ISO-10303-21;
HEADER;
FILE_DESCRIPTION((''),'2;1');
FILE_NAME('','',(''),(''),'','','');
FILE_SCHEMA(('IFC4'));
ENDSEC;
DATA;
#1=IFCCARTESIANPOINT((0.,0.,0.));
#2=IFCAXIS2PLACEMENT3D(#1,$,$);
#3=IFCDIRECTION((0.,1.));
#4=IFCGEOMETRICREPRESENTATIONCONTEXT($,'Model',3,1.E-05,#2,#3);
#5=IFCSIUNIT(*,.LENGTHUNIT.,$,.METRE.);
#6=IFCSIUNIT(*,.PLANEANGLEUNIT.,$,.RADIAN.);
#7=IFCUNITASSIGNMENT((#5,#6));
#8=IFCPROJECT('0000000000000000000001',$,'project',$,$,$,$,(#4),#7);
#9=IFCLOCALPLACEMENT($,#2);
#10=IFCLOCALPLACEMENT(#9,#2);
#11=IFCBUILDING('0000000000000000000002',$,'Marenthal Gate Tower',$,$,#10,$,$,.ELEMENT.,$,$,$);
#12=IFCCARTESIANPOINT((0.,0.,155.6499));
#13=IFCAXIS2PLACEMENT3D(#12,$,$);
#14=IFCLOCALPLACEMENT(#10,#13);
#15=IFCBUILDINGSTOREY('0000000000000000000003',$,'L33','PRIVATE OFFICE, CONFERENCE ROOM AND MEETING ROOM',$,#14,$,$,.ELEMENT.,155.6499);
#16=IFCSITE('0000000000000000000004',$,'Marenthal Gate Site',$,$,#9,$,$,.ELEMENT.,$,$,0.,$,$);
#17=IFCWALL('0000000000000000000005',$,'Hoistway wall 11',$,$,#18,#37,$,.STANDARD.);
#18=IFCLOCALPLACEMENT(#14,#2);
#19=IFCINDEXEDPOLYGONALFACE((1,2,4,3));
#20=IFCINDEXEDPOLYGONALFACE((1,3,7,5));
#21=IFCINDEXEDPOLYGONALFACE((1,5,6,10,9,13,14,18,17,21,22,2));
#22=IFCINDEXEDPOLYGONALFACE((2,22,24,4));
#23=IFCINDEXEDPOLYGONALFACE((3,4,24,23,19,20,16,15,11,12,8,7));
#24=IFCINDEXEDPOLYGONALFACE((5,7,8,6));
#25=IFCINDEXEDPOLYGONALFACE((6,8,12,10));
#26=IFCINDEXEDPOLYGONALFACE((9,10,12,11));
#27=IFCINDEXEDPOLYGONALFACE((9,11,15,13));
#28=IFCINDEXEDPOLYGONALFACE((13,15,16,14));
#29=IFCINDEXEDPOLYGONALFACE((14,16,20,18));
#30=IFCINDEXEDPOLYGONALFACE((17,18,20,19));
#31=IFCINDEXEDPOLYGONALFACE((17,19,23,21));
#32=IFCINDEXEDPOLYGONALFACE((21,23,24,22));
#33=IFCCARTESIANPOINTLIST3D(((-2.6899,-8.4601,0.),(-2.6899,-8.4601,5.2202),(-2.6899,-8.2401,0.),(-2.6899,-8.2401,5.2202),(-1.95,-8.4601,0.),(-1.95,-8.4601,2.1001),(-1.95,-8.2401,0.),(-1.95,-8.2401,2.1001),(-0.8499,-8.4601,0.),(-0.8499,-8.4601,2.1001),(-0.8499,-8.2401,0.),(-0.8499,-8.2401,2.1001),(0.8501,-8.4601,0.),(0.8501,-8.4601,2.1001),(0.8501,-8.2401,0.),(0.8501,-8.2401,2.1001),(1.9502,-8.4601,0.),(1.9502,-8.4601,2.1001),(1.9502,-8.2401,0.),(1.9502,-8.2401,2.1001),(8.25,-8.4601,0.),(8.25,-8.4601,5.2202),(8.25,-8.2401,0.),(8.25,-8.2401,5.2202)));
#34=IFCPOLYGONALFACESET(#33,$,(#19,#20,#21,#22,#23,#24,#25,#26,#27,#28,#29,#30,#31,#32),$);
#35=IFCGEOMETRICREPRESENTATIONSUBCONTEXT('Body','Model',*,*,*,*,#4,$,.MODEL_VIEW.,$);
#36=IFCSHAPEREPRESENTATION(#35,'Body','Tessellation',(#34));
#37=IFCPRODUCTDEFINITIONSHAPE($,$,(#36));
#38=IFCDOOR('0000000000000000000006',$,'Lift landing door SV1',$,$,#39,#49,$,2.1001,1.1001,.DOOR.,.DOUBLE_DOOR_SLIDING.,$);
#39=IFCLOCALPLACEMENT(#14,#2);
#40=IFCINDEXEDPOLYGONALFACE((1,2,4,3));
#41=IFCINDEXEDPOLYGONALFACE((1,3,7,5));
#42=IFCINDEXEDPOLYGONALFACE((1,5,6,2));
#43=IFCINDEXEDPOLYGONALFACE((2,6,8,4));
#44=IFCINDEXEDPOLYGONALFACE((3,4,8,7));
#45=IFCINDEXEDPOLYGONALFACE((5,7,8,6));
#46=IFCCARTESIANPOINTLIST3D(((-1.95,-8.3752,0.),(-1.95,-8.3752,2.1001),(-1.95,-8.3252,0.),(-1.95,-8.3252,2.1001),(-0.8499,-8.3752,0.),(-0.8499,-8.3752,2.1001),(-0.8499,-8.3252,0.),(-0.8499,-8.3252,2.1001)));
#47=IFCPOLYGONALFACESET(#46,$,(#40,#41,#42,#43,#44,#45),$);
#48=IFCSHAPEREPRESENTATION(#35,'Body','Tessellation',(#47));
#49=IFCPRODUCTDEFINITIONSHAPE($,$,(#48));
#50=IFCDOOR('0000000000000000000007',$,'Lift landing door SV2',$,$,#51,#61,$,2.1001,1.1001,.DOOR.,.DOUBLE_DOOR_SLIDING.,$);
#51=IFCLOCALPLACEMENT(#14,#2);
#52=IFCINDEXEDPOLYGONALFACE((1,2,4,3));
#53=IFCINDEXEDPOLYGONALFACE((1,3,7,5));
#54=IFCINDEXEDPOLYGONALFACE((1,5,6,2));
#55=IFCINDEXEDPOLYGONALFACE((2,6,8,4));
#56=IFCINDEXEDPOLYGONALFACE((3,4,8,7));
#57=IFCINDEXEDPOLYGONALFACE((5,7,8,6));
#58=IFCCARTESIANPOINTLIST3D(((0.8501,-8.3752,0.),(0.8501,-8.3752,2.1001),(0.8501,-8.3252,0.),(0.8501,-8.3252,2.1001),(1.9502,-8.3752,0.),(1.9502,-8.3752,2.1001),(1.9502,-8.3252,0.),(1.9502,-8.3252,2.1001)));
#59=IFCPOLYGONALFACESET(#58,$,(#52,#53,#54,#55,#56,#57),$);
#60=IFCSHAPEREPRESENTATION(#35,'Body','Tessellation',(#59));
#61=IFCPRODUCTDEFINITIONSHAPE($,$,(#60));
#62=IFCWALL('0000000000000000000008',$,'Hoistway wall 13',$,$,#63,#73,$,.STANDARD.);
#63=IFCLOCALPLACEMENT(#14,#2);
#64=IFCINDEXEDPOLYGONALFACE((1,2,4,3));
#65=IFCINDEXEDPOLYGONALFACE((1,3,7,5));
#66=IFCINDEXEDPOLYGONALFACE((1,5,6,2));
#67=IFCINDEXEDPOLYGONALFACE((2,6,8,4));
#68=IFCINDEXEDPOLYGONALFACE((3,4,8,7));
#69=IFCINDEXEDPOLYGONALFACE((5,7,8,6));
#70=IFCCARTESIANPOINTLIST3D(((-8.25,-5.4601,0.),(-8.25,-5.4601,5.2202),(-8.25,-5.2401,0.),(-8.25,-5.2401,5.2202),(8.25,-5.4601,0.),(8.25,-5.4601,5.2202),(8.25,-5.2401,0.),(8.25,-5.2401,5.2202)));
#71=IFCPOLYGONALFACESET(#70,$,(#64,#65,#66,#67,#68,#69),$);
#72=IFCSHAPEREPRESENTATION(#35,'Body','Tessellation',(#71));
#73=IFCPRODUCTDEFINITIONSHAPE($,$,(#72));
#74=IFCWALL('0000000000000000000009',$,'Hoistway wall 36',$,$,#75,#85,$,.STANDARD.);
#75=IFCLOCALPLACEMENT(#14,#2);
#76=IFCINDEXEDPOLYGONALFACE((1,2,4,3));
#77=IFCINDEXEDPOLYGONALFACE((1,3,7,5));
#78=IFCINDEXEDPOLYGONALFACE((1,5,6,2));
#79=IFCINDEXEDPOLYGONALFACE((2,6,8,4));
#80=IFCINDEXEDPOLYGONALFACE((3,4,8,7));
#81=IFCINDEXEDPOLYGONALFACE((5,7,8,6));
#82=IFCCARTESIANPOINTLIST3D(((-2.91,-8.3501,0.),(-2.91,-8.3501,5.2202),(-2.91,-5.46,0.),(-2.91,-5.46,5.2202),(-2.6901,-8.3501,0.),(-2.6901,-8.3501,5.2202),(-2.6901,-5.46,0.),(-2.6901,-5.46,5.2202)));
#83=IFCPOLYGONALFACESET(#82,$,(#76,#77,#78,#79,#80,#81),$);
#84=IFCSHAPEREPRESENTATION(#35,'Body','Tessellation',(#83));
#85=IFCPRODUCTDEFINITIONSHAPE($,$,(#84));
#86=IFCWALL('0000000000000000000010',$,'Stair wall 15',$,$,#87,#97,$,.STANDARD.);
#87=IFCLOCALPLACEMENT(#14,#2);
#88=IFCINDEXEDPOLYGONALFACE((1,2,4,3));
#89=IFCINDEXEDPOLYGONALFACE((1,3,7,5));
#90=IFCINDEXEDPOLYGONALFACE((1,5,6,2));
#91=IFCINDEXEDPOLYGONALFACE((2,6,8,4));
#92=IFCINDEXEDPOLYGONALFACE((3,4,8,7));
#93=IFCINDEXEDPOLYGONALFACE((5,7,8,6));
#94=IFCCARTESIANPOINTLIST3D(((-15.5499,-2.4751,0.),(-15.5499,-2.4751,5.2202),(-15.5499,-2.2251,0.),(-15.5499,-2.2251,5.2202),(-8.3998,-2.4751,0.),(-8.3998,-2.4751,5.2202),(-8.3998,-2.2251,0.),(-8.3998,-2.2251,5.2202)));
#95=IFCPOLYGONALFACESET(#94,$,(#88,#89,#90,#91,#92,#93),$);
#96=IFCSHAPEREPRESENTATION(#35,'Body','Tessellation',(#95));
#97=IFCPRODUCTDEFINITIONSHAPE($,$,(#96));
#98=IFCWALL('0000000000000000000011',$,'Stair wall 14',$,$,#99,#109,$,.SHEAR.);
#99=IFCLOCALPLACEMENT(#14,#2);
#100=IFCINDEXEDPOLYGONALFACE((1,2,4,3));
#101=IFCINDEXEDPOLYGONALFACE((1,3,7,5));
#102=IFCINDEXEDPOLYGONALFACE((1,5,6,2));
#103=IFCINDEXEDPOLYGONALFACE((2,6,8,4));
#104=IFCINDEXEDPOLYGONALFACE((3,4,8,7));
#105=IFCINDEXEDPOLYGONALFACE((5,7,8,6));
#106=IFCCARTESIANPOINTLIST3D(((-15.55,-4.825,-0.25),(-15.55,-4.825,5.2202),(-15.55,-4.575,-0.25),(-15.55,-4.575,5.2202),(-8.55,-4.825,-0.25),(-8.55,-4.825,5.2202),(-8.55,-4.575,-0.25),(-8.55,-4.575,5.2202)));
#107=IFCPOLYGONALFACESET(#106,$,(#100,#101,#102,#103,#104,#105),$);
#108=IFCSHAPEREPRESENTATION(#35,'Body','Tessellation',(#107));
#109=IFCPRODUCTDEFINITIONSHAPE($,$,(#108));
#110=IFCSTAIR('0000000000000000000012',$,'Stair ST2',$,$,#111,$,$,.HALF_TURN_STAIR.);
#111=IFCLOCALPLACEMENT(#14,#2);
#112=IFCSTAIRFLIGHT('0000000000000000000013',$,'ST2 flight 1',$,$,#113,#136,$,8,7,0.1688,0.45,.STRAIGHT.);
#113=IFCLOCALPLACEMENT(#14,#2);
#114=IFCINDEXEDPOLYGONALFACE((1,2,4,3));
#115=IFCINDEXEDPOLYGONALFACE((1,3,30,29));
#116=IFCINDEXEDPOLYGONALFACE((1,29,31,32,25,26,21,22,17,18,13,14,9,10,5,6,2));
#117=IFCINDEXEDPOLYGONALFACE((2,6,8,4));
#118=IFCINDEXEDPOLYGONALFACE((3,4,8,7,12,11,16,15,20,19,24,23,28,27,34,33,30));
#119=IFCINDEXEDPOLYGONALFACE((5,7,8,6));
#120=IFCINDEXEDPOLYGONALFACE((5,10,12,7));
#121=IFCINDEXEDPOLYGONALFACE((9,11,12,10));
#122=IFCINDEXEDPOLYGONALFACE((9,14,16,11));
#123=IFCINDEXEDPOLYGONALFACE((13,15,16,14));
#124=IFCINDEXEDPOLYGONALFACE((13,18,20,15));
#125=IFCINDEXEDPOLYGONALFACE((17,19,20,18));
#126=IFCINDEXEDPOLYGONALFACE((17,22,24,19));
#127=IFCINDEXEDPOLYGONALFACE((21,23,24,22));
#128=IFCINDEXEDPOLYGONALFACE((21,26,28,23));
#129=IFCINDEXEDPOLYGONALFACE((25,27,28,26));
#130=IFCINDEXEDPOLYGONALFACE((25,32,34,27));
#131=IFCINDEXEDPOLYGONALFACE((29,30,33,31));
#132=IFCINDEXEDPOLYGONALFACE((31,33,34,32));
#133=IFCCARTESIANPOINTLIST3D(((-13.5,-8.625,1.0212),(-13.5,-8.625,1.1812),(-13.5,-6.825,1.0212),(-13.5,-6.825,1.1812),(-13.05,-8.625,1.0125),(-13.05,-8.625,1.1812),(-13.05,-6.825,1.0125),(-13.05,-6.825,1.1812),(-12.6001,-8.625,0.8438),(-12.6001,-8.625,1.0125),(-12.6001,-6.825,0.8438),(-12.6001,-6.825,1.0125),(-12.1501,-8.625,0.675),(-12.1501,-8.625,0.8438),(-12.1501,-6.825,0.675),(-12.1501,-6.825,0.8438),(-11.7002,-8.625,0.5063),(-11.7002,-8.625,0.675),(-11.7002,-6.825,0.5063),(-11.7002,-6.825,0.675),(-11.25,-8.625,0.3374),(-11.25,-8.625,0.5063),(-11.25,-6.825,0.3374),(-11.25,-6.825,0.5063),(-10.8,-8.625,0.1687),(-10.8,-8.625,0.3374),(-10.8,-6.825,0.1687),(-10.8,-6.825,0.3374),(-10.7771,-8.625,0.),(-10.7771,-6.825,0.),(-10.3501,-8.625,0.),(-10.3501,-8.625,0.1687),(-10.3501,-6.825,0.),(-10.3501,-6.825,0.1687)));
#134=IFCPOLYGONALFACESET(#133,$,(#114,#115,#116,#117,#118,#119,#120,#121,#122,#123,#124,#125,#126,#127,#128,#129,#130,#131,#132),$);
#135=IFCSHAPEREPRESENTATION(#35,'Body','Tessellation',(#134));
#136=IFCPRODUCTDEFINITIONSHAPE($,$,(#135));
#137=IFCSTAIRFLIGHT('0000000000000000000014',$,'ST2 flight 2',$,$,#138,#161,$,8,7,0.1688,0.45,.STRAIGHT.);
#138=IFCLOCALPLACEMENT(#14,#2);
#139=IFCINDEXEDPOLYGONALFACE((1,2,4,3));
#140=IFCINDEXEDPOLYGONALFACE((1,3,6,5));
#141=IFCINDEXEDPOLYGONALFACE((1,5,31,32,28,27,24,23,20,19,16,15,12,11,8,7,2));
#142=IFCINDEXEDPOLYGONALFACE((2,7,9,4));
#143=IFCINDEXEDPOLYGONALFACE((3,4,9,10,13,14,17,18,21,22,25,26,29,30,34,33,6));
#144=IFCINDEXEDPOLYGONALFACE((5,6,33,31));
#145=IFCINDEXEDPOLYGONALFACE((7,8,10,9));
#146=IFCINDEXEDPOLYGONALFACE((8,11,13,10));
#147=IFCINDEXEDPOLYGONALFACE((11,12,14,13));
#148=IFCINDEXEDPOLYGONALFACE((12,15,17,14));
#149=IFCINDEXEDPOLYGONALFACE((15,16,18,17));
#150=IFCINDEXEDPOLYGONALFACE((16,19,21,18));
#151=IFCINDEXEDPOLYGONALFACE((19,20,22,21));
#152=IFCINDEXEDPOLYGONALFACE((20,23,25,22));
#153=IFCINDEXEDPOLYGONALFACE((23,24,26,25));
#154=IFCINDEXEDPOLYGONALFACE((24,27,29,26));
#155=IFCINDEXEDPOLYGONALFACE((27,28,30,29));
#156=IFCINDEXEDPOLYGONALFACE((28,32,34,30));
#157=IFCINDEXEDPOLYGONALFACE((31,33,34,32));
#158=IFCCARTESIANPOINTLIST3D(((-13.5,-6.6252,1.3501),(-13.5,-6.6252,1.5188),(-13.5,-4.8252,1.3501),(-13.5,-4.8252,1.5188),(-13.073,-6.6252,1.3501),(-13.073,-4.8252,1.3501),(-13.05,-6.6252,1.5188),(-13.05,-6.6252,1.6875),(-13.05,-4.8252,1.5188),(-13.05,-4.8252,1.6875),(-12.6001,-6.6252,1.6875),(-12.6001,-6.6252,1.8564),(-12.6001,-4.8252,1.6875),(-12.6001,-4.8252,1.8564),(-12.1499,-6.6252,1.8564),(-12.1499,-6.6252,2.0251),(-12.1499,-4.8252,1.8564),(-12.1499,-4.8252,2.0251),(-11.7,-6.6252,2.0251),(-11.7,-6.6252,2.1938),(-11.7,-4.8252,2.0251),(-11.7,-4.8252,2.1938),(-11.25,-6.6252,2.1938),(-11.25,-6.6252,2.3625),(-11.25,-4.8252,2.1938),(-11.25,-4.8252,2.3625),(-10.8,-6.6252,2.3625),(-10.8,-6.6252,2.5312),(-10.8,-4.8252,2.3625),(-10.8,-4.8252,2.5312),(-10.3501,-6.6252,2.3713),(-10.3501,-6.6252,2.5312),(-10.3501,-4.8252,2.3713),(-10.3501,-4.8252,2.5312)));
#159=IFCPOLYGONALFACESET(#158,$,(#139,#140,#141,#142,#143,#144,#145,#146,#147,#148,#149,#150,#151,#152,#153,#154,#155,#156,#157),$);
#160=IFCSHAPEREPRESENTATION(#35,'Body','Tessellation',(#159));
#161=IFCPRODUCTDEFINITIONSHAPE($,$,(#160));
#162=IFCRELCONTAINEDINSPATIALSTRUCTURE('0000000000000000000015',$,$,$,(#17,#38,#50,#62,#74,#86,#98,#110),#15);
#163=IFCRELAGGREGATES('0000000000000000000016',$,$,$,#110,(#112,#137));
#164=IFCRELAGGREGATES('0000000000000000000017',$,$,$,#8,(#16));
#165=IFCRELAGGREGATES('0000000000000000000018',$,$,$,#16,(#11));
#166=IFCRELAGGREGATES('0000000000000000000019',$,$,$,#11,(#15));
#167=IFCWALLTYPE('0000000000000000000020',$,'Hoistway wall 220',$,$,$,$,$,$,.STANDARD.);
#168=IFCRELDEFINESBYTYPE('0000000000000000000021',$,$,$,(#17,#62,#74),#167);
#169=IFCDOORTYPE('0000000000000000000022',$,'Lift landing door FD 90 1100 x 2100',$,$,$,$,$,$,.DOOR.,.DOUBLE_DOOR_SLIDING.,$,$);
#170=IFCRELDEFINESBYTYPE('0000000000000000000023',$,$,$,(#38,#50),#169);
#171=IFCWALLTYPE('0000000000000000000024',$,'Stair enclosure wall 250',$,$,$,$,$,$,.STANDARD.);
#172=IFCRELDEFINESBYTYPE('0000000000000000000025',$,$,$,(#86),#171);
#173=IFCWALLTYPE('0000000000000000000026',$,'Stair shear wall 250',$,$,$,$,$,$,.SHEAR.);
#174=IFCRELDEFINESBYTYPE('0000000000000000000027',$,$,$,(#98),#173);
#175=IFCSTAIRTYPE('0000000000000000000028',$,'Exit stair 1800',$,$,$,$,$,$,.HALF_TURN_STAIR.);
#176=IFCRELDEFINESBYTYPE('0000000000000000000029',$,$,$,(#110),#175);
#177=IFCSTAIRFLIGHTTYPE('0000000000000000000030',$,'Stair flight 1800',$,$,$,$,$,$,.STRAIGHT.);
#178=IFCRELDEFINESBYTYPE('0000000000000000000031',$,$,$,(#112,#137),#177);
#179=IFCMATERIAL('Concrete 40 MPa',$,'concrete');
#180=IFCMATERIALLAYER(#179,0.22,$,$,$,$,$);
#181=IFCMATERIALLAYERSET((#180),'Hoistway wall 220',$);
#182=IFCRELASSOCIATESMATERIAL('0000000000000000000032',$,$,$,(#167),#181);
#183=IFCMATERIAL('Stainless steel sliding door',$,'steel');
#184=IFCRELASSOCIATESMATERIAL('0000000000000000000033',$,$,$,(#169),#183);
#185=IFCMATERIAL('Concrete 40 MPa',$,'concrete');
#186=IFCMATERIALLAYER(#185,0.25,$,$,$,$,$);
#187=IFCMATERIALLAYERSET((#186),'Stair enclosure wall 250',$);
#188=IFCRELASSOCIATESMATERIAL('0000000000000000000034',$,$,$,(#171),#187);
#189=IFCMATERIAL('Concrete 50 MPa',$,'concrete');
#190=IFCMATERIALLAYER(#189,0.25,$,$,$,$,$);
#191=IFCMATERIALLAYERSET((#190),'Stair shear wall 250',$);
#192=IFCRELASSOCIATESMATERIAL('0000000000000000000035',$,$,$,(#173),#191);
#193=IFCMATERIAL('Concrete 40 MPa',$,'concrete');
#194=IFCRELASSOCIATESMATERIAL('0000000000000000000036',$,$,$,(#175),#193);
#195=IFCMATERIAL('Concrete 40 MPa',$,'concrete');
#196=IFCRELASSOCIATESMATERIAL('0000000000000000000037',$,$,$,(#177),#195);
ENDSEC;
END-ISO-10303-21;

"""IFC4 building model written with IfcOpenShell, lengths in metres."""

from ifc_helpers import new_model, si_unit, direction, frame, frame_2d, origin, place, context, subcontext, project, spatial, polyline, rectangle, outline, extrude, material, layer, layer_set, type_object, element, fill, aggregate, save


model = new_model("IFC4")

# Units and contexts
model_context = context("Model", 3, precision=1e-05, world=origin(), true_north=direction((0.0, 1.0)))
body_context = subcontext(model_context, "Body", "Model", "MODEL_VIEW")
ifc_project = project(units=[si_unit("LENGTHUNIT", "METRE"), si_unit("PLANEANGLEUNIT", "RADIAN")], contexts=[model_context])

# Site, building, storey
site_placement = place(None, origin())
site = spatial("IfcSite", under=ifc_project, at=site_placement, Name="Marenthal Gate Site", CompositionType="ELEMENT", RefElevation=0.0)
building_placement = place(site_placement, origin())
building = spatial("IfcBuilding", under=site, at=building_placement, Name="Marenthal Gate Tower", CompositionType="ELEMENT")
storey_placement = place(building_placement, frame((0.0, 0.0, 155.6499)))
storey = spatial("IfcBuildingStorey", under=building, at=storey_placement, Name="L33", Description="PRIVATE OFFICE, CONFERENCE ROOM AND MEETING ROOM", CompositionType="ELEMENT", Elevation=155.6499)

# Wall, openings, doors
ifc_material_1 = material(Name="Concrete 40 MPa", Category="concrete")
ifc_layer_1 = layer(ifc_material_1, 0.22)
ifc_layer_set_1 = layer_set([ifc_layer_1], Name="Hoistway wall 220")
wall_type_1 = type_object("IfcWallType", Name="Hoistway wall 220", PredefinedType="STANDARD", material=ifc_layer_set_1)
wall_1_placement = place(storey_placement, frame((-2.6899, -8.3501, 0.0), z_axis=(0.0, 0.0, 1.0), x_axis=(1.0, 0.0, 0.0)))
wall_1 = element("IfcWall", 1, at=wall_1_placement, inside=storey, type_object=wall_type_1, Name="Hoistway wall 11", PredefinedType="STANDARD", context=body_context, shape_type="SweptSolid", body=[
    extrude(rectangle(XDim=10.9399, YDim=0.22, at=frame_2d((5.47, 0.0))), origin(), (0.0, 0.0, 1.0), 5.2202),
])
opening_1_placement = place(wall_1_placement, frame((0.74, 0.0, 0.0)))
opening_1 = element("IfcOpeningElement", 2, at=opening_1_placement, cuts=wall_1, PredefinedType="OPENING", context=body_context, shape_type="SweptSolid", body=[
    extrude(rectangle(XDim=1.1001, YDim=2.1001, at=frame_2d((0.55, 1.05))), frame((0.0, 0.1201, 0.0), z_axis=(0.0, -1.0, 0.0), x_axis=(1.0, 0.0, 0.0)), (0.0, 0.0, 1.0), 0.24),
])
opening_2_placement = place(wall_1_placement, frame((3.54, 0.0, 0.0)))
opening_2 = element("IfcOpeningElement", 3, at=opening_2_placement, cuts=wall_1, PredefinedType="OPENING", context=body_context, shape_type="SweptSolid", body=[
    extrude(rectangle(XDim=1.1001, YDim=2.1001, at=frame_2d((0.55, 1.05))), frame((0.0, 0.1201, 0.0), z_axis=(0.0, -1.0, 0.0), x_axis=(1.0, 0.0, 0.0)), (0.0, 0.0, 1.0), 0.24),
])
ifc_material_2 = material(Name="Stainless steel sliding door", Category="steel")
door_type = type_object("IfcDoorType", Name="Lift landing door FD 90 1100 x 2100", OperationType="DOUBLE_DOOR_SLIDING", PredefinedType="DOOR", material=ifc_material_2)
door_1_placement = place(opening_1_placement, origin())
door_1 = element("IfcDoor", 4, at=door_1_placement, inside=storey, type_object=door_type, Name="Lift landing door SV1", OperationType="DOUBLE_DOOR_SLIDING", OverallHeight=2.1001, OverallWidth=1.1001, PredefinedType="DOOR", context=body_context, shape_type="SweptSolid", body=[
    extrude(rectangle(XDim=1.1001, YDim=2.1001, at=frame_2d((0.55, 1.05))), frame((0.0, 0.0249, 0.0), z_axis=(0.0, -1.0, 0.0), x_axis=(1.0, 0.0, 0.0)), (0.0, 0.0, 1.0), 0.05),
])
fill(opening_1, door_1)
door_2_placement = place(opening_2_placement, origin())
door_2 = element("IfcDoor", 5, at=door_2_placement, inside=storey, type_object=door_type, Name="Lift landing door SV2", OperationType="DOUBLE_DOOR_SLIDING", OverallHeight=2.1001, OverallWidth=1.1001, PredefinedType="DOOR", context=body_context, shape_type="SweptSolid", body=[
    extrude(rectangle(XDim=1.1001, YDim=2.1001, at=frame_2d((0.55, 1.05))), frame((0.0, 0.0249, 0.0), z_axis=(0.0, -1.0, 0.0), x_axis=(1.0, 0.0, 0.0)), (0.0, 0.0, 1.0), 0.05),
])
fill(opening_2, door_2)

# Walls
wall_2_placement = place(storey_placement, frame((-8.25, -5.3501, 0.0), z_axis=(0.0, 0.0, 1.0), x_axis=(1.0, 0.0, 0.0)))
element("IfcWall", 6, at=wall_2_placement, inside=storey, type_object=wall_type_1, Name="Hoistway wall 13", PredefinedType="STANDARD", context=body_context, shape_type="SweptSolid", body=[
    extrude(rectangle(XDim=16.5, YDim=0.22, at=frame_2d((8.25, 0.0))), origin(), (0.0, 0.0, 1.0), 5.2202),
])
wall_3_placement = place(storey_placement, frame((-2.8, -8.3501, 0.0), z_axis=(0.0, 0.0, 1.0), x_axis=(0.0, 1.0, 0.0)))
element("IfcWall", 7, at=wall_3_placement, inside=storey, type_object=wall_type_1, Name="Hoistway wall 36", PredefinedType="STANDARD", context=body_context, shape_type="SweptSolid", body=[
    extrude(rectangle(XDim=2.8901, YDim=0.22, at=frame_2d((1.4451, 0.0))), origin(), (0.0, 0.0, 1.0), 5.2202),
])
ifc_material_3 = material(Name="Concrete 40 MPa", Category="concrete")
ifc_layer_2 = layer(ifc_material_3, 0.25)
ifc_layer_set_2 = layer_set([ifc_layer_2], Name="Stair enclosure wall 250")
wall_type_2 = type_object("IfcWallType", Name="Stair enclosure wall 250", PredefinedType="STANDARD", material=ifc_layer_set_2)
wall_4_placement = place(storey_placement, frame((-15.55, -2.3501, 0.0), z_axis=(0.0, 0.0, 1.0), x_axis=(1.0, 0.0, 0.0)))
element("IfcWall", 8, at=wall_4_placement, inside=storey, type_object=wall_type_2, Name="Stair wall 15", PredefinedType="STANDARD", context=body_context, shape_type="SweptSolid", body=[
    extrude(rectangle(XDim=7.1501, YDim=0.25, at=frame_2d((3.5752, 0.0))), origin(), (0.0, 0.0, 1.0), 5.2202),
])
ifc_material_4 = material(Name="Concrete 50 MPa", Category="concrete")
ifc_layer_3 = layer(ifc_material_4, 0.25)
ifc_layer_set_3 = layer_set([ifc_layer_3], Name="Stair shear wall 250")
wall_type_3 = type_object("IfcWallType", Name="Stair shear wall 250", PredefinedType="SHEAR", material=ifc_layer_set_3)
wall_5_placement = place(storey_placement, frame((-15.55, -4.7, -0.25), z_axis=(0.0, 0.0, 1.0), x_axis=(1.0, 0.0, 0.0)))
element("IfcWall", 9, at=wall_5_placement, inside=storey, type_object=wall_type_3, Name="Stair wall 14", PredefinedType="SHEAR", context=body_context, shape_type="SweptSolid", body=[
    extrude(rectangle(XDim=7.0, YDim=0.25, at=frame_2d((3.5, 0.0))), origin(), (0.0, 0.0, 1.0), 5.4702),
])

# Stair, stair flights
ifc_material_5 = material(Name="Concrete 40 MPa", Category="concrete")
stair_type = type_object("IfcStairType", Name="Exit stair 1800", PredefinedType="HALF_TURN_STAIR", material=ifc_material_5)
stair_placement = place(storey_placement, origin())
stair = element("IfcStair", 10, at=stair_placement, inside=storey, type_object=stair_type, Name="Stair ST2", PredefinedType="HALF_TURN_STAIR")
ifc_material_6 = material(Name="Concrete 40 MPa", Category="concrete")
stair_flight_type = type_object("IfcStairFlightType", Name="Stair flight 1800", PredefinedType="STRAIGHT", material=ifc_material_6)
stair_flight_1_placement = place(storey_placement, frame((-10.3501, -7.7251, 0.0), z_axis=(0.0, 0.0, 1.0), x_axis=(-1.0, 0.0, 0.0)))
stair_flight_1 = element("IfcStairFlight", 11, at=stair_flight_1_placement, type_object=stair_flight_type, Name="ST2 flight 1", NumberOfRisers=8, NumberOfTreads=7, PredefinedType="STRAIGHT", RiserHeight=0.1688, TreadLength=0.45, context=body_context, shape_type="SweptSolid", body=[
    extrude(outline(polyline([(0.0, 0.0), (0.0, 0.1687), (0.45, 0.1687), (0.45, 0.3374), (0.8999, 0.3374), (0.8999, 0.5063), (1.3501, 0.5063), (1.3501, 0.675), (1.8, 0.675), (1.8, 0.8438), (2.25, 0.8438), (2.25, 1.0125), (2.7, 1.0125), (2.7, 1.1812), (3.1499, 1.1812), (3.1499, 1.3501), (3.1499, 1.0212), (0.427, 0.0), (0.0, 0.0)])), frame((0.0, 0.8999, 0.0), z_axis=(0.0, -1.0, 0.0), x_axis=(1.0, 0.0, 0.0)), (0.0, 0.0, 1.0), 1.8),
])
stair_flight_2_placement = place(storey_placement, frame((-13.5, -5.7251, 1.3501), z_axis=(0.0, 0.0, 1.0), x_axis=(1.0, 0.0, 0.0)))
stair_flight_2 = element("IfcStairFlight", 12, at=stair_flight_2_placement, type_object=stair_flight_type, Name="ST2 flight 2", NumberOfRisers=8, NumberOfTreads=7, PredefinedType="STRAIGHT", RiserHeight=0.1688, TreadLength=0.45, context=body_context, shape_type="SweptSolid", body=[
    extrude(outline(polyline([(0.0, 0.0), (0.0, 0.1687), (0.45, 0.1687), (0.45, 0.3374), (0.8999, 0.3374), (0.8999, 0.5063), (1.3501, 0.5063), (1.3501, 0.675), (1.8, 0.675), (1.8, 0.8438), (2.25, 0.8438), (2.25, 1.0125), (2.7, 1.0125), (2.7, 1.1812), (3.1499, 1.1812), (3.1499, 1.3501), (3.1499, 1.0212), (0.427, 0.0), (0.0, 0.0)])), frame((0.0, 0.8999, 0.0), z_axis=(0.0, -1.0, 0.0), x_axis=(1.0, 0.0, 0.0)), (0.0, 0.0, 1.0), 1.8),
])
aggregate(stair, [stair_flight_1, stair_flight_2])

save(model, "model.ifc")
